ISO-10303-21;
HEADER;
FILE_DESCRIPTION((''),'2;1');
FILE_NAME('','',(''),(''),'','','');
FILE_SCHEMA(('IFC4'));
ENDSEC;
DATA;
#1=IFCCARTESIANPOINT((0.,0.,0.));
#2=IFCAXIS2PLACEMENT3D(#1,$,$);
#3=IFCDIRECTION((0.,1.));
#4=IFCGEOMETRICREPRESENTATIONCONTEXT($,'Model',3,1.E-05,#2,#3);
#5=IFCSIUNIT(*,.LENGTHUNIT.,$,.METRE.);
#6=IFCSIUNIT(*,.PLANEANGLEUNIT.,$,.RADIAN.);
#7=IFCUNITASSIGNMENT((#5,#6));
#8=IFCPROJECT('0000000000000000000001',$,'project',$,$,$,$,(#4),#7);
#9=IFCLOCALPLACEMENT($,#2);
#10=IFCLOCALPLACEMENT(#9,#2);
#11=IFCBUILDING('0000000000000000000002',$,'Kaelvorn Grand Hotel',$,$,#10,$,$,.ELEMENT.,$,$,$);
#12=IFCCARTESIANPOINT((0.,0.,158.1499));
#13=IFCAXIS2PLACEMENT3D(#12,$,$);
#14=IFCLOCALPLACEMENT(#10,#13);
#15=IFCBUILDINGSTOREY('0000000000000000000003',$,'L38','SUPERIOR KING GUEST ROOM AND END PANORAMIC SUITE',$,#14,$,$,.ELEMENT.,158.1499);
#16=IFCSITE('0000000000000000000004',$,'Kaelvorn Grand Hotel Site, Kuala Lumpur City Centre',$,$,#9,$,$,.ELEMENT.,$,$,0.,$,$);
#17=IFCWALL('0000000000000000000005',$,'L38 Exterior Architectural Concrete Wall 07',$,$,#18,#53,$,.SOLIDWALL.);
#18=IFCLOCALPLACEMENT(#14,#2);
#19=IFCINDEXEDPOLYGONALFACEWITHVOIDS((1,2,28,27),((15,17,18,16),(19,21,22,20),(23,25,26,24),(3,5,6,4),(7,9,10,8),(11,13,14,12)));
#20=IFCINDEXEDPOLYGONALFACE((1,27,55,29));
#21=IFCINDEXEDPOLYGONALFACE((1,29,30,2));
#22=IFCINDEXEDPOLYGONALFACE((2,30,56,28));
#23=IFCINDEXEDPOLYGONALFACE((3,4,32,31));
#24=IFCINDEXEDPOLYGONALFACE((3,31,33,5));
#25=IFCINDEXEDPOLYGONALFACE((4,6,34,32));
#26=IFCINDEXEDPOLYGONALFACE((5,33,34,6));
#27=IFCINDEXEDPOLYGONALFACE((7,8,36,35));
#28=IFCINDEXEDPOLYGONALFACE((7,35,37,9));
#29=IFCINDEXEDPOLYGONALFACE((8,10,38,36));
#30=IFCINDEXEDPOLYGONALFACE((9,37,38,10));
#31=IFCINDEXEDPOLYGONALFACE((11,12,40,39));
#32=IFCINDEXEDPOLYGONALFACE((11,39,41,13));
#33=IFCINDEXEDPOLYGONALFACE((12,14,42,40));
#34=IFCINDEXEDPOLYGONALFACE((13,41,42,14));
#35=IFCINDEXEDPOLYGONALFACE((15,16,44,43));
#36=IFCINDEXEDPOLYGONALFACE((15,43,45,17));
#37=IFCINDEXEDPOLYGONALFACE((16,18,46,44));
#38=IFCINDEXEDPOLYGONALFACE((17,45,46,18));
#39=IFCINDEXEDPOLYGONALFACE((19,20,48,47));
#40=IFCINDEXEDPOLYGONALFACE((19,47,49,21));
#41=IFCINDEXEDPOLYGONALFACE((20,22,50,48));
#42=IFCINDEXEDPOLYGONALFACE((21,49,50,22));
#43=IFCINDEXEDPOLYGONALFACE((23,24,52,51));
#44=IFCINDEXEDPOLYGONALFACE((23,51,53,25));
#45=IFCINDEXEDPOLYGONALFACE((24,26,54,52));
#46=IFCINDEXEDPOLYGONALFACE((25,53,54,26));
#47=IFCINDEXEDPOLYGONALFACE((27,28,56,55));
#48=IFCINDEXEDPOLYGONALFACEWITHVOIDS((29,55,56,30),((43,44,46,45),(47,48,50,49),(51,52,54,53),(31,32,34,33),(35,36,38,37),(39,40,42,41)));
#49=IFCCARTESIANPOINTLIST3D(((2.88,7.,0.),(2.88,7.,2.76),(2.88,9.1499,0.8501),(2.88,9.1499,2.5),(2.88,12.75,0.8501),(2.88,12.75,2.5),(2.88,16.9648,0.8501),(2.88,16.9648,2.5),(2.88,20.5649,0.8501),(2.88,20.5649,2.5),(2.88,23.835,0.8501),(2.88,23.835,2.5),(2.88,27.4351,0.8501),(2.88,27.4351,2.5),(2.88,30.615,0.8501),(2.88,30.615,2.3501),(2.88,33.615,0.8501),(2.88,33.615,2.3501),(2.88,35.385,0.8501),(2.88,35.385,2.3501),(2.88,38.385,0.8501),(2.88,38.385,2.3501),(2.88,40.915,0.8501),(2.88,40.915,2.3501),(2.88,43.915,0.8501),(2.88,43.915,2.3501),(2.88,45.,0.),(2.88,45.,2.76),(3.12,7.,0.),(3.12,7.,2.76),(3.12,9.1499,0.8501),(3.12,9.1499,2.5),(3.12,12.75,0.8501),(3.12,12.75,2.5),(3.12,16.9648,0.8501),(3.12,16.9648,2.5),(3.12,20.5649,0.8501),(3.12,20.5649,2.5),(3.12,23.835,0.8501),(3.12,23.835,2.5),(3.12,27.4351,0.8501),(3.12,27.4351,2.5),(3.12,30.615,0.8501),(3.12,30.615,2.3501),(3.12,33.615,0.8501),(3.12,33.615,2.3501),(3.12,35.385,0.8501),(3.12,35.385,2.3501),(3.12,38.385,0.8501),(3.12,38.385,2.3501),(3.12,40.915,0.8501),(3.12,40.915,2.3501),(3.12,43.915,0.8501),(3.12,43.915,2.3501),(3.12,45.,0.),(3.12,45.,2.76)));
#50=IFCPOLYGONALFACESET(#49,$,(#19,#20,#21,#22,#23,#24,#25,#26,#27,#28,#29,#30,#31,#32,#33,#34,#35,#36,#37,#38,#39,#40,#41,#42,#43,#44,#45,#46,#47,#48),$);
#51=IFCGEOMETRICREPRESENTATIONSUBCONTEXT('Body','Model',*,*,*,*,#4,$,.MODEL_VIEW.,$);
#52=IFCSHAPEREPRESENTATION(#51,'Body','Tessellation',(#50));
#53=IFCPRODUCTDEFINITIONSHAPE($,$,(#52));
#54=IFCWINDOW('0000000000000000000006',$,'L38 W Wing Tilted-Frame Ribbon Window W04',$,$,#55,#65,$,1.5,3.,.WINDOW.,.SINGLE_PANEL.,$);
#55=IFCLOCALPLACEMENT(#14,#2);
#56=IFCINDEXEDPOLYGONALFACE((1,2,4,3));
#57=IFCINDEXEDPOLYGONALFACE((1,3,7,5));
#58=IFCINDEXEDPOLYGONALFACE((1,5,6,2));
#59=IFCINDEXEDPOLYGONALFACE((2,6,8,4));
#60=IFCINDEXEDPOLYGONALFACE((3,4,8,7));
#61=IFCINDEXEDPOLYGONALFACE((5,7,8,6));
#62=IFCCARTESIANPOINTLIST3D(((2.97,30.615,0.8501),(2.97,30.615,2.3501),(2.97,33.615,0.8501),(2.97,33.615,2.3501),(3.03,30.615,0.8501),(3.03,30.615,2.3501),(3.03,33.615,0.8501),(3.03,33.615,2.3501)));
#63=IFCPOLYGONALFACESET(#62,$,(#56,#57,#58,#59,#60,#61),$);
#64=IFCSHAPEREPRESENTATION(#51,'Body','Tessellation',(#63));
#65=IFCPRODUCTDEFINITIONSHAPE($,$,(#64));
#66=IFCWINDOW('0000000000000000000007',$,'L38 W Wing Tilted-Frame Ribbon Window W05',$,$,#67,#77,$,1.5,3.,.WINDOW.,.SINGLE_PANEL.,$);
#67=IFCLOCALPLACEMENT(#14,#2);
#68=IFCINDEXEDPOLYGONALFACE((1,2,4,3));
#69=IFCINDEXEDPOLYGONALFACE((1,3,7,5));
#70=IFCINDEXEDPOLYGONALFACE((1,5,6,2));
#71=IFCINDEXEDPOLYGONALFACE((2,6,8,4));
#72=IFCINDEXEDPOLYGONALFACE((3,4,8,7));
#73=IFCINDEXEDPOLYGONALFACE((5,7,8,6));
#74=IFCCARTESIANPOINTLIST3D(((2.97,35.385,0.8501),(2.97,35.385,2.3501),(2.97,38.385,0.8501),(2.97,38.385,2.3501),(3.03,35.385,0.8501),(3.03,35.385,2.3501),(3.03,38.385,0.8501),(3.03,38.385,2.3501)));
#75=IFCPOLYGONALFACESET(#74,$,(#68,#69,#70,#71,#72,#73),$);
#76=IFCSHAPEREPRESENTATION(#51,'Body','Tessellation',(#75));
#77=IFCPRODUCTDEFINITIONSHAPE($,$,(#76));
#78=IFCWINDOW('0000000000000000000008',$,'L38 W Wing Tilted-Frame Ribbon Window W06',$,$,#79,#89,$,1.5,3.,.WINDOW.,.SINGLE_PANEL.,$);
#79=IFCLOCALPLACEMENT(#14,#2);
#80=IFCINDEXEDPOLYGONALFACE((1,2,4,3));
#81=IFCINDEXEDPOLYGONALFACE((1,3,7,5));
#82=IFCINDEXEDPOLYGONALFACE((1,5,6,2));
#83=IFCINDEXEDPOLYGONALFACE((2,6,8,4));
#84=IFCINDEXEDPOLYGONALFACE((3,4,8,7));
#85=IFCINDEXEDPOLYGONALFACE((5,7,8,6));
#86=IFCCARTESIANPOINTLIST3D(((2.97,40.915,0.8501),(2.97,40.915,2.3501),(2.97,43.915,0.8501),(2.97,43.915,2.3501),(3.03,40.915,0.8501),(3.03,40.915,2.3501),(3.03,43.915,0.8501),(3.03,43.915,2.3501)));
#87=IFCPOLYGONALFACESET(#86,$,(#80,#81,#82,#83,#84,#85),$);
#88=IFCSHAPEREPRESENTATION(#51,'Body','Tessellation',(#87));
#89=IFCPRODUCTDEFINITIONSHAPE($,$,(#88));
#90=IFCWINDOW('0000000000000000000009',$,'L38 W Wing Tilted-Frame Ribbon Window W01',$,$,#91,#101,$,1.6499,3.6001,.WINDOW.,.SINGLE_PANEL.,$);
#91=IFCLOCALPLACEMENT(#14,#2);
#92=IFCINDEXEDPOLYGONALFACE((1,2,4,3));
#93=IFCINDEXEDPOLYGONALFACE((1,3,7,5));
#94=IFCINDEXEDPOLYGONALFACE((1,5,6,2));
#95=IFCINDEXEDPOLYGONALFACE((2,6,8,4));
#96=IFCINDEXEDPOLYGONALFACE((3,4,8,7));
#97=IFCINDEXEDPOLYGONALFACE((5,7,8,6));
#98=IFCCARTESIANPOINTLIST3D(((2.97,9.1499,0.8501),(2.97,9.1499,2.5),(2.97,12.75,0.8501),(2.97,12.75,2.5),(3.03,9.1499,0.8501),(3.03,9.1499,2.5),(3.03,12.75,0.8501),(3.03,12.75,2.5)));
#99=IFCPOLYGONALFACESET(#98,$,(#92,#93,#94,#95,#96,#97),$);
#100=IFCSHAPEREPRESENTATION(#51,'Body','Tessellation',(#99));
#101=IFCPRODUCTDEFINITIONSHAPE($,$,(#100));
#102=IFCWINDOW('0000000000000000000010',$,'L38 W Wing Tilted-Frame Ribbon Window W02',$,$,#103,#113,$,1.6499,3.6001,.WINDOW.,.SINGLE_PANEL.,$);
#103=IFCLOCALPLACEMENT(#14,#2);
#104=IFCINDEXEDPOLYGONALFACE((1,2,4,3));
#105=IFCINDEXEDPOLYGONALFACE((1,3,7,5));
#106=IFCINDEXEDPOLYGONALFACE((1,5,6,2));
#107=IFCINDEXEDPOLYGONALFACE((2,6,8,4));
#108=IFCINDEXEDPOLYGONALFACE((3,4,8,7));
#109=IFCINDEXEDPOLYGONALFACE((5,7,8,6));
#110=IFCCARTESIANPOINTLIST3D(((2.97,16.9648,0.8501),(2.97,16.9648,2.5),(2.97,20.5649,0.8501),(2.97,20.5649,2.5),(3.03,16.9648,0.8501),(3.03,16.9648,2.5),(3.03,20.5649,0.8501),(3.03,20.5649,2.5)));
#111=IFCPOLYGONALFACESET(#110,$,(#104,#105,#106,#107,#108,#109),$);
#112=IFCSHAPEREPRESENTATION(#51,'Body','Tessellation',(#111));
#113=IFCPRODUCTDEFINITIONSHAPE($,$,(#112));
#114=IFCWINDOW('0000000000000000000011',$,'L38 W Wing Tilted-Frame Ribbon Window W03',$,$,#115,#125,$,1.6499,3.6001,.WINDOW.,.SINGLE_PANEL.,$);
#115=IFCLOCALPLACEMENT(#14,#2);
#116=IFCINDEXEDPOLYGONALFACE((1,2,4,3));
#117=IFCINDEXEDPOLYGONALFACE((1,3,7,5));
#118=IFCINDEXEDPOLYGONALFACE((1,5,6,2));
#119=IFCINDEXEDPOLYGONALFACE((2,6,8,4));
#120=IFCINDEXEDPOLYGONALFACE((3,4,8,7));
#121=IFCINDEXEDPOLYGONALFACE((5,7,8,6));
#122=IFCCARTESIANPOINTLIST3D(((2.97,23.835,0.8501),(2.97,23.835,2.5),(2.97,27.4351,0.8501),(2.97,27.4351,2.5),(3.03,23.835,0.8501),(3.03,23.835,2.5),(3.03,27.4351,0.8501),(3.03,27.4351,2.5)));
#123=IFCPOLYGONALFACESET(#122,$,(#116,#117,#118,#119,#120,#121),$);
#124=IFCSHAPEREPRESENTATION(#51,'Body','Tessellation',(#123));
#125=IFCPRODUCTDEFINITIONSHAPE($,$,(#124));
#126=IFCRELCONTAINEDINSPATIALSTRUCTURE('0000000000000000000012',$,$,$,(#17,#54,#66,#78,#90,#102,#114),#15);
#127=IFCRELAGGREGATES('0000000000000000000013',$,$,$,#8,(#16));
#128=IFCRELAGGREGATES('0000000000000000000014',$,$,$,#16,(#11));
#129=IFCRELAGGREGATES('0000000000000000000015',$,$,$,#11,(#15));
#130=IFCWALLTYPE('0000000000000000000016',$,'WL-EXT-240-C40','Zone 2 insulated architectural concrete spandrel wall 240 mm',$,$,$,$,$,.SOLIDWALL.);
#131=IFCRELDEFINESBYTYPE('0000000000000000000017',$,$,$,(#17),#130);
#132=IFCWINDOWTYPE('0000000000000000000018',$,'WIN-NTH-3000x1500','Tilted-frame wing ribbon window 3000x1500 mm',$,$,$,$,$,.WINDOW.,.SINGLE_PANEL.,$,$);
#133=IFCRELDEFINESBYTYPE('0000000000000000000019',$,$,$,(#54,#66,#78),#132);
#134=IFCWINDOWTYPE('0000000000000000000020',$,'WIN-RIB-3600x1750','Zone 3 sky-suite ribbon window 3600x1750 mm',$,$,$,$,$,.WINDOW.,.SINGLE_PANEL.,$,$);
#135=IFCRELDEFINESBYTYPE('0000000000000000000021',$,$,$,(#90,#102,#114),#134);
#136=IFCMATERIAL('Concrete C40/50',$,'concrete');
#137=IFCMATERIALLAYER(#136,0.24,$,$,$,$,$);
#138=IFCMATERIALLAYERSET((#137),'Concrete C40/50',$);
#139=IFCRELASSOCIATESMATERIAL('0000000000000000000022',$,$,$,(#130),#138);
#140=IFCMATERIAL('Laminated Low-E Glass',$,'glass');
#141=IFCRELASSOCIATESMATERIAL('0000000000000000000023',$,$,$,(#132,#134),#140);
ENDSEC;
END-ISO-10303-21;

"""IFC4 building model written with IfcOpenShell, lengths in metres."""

from ifc_helpers import new_model, si_unit, direction, frame, frame_2d, origin, place, context, subcontext, project, spatial, rectangle, extrude, material, layer, layer_set, type_object, element, fill, save


model = new_model("IFC4")

# Units and contexts
model_context = context("Model", 3, precision=1e-05, world=origin(), true_north=direction((0.0, 1.0)))
body_context = subcontext(model_context, "Body", "Model", "MODEL_VIEW")
ifc_project = project(units=[si_unit("LENGTHUNIT", "METRE"), si_unit("PLANEANGLEUNIT", "RADIAN")], contexts=[model_context])

# Site, building, storey
site_placement = place(None, origin())
site = spatial("IfcSite", under=ifc_project, at=site_placement, Name="Kaelvorn Grand Hotel Site, Kuala Lumpur City Centre", CompositionType="ELEMENT", RefElevation=0.0)
building_placement = place(site_placement, origin())
building = spatial("IfcBuilding", under=site, at=building_placement, Name="Kaelvorn Grand Hotel", CompositionType="ELEMENT")
storey_placement = place(building_placement, frame((0.0, 0.0, 158.1499)))
storey = spatial("IfcBuildingStorey", under=building, at=storey_placement, Name="L38", Description="SUPERIOR KING GUEST ROOM AND END PANORAMIC SUITE", CompositionType="ELEMENT", Elevation=158.1499)

# Shared definitions
ifc_material_1 = material(Name="Concrete C40/50", Category="concrete")
ifc_layer_1 = layer(ifc_material_1, 0.24)
ifc_layer_set_1 = layer_set([ifc_layer_1], Name="Concrete C40/50")
wall_type = type_object("IfcWallType", Name="WL-EXT-240-C40", Description="Zone 2 insulated architectural concrete spandrel wall 240 mm", PredefinedType="SOLIDWALL", material=ifc_layer_set_1)
ifc_material_2 = material(Name="Laminated Low-E Glass", Category="glass")

# Wall, openings, windows
wall_1_placement = place(storey_placement, frame((3.0, 45.0, 0.0), z_axis=(0.0, 0.0, 1.0), x_axis=(0.0, -1.0, 0.0)))
wall_1 = element("IfcWall", 1, at=wall_1_placement, inside=storey, type_object=wall_type, Name="L38 Exterior Architectural Concrete Wall 07", PredefinedType="SOLIDWALL", context=body_context, shape_type="SweptSolid", body=[
    extrude(rectangle(XDim=38.0, YDim=0.24, at=frame_2d((19.0, 0.0))), origin(), (0.0, 0.0, 1.0), 2.76),
])
opening_1_placement = place(wall_1_placement, frame((32.25, 0.0, 0.8501)))
opening_1 = element("IfcOpeningElement", 2, at=opening_1_placement, cuts=wall_1, PredefinedType="OPENING", context=body_context, shape_type="SweptSolid", body=[
    extrude(rectangle(XDim=3.6001, YDim=1.6499, at=frame_2d((1.8, 0.825))), frame((0.0, 0.1299, 0.0), z_axis=(0.0, -1.0, 0.0), x_axis=(1.0, 0.0, 0.0)), (0.0, 0.0, 1.0), 0.26),
])
opening_2_placement = place(wall_1_placement, frame((24.4351, 0.0, 0.8501)))
opening_2 = element("IfcOpeningElement", 3, at=opening_2_placement, cuts=wall_1, PredefinedType="OPENING", context=body_context, shape_type="SweptSolid", body=[
    extrude(rectangle(XDim=3.6001, YDim=1.6499, at=frame_2d((1.8, 0.825))), frame((0.0, 0.1299, 0.0), z_axis=(0.0, -1.0, 0.0), x_axis=(1.0, 0.0, 0.0)), (0.0, 0.0, 1.0), 0.26),
])
opening_3_placement = place(wall_1_placement, frame((17.5649, 0.0, 0.8501)))
opening_3 = element("IfcOpeningElement", 4, at=opening_3_placement, cuts=wall_1, PredefinedType="OPENING", context=body_context, shape_type="SweptSolid", body=[
    extrude(rectangle(XDim=3.6001, YDim=1.6499, at=frame_2d((1.8, 0.825))), frame((0.0, 0.1299, 0.0), z_axis=(0.0, -1.0, 0.0), x_axis=(1.0, 0.0, 0.0)), (0.0, 0.0, 1.0), 0.26),
])
opening_4_placement = place(wall_1_placement, frame((11.385, 0.0, 0.8501)))
opening_4 = element("IfcOpeningElement", 5, at=opening_4_placement, cuts=wall_1, PredefinedType="OPENING", context=body_context, shape_type="SweptSolid", body=[
    extrude(rectangle(XDim=3.0, YDim=1.5, at=frame_2d((1.5, 0.75))), frame((0.0, 0.1299, 0.0), z_axis=(0.0, -1.0, 0.0), x_axis=(1.0, 0.0, 0.0)), (0.0, 0.0, 1.0), 0.26),
])
opening_5_placement = place(wall_1_placement, frame((6.615, 0.0, 0.8501)))
opening_5 = element("IfcOpeningElement", 6, at=opening_5_placement, cuts=wall_1, PredefinedType="OPENING", context=body_context, shape_type="SweptSolid", body=[
    extrude(rectangle(XDim=3.0, YDim=1.5, at=frame_2d((1.5, 0.75))), frame((0.0, 0.1299, 0.0), z_axis=(0.0, -1.0, 0.0), x_axis=(1.0, 0.0, 0.0)), (0.0, 0.0, 1.0), 0.26),
])
opening_6_placement = place(wall_1_placement, frame((1.085, 0.0, 0.8501)))
opening_6 = element("IfcOpeningElement", 7, at=opening_6_placement, cuts=wall_1, PredefinedType="OPENING", context=body_context, shape_type="SweptSolid", body=[
    extrude(rectangle(XDim=3.0, YDim=1.5, at=frame_2d((1.5, 0.75))), frame((0.0, 0.1299, 0.0), z_axis=(0.0, -1.0, 0.0), x_axis=(1.0, 0.0, 0.0)), (0.0, 0.0, 1.0), 0.26),
])
window_type_1 = type_object("IfcWindowType", Name="WIN-NTH-3000x1500", Description="Tilted-frame wing ribbon window 3000x1500 mm", PartitioningType="SINGLE_PANEL", PredefinedType="WINDOW", material=ifc_material_2)
window_1_placement = place(opening_4_placement, origin())
window_1 = element("IfcWindow", 8, at=window_1_placement, inside=storey, type_object=window_type_1, Name="L38 W Wing Tilted-Frame Ribbon Window W04", OverallHeight=1.5, OverallWidth=3.0, PartitioningType="SINGLE_PANEL", PredefinedType="WINDOW", context=body_context, shape_type="SweptSolid", body=[
    extrude(rectangle(XDim=3.0, YDim=1.5, at=frame_2d((1.5, 0.75))), frame((0.0, 0.03, 0.0), z_axis=(0.0, -1.0, 0.0), x_axis=(1.0, 0.0, 0.0)), (0.0, 0.0, 1.0), 0.0601),
])
fill(opening_4, window_1)
window_2_placement = place(opening_5_placement, origin())
window_2 = element("IfcWindow", 9, at=window_2_placement, inside=storey, type_object=window_type_1, Name="L38 W Wing Tilted-Frame Ribbon Window W05", OverallHeight=1.5, OverallWidth=3.0, PartitioningType="SINGLE_PANEL", PredefinedType="WINDOW", context=body_context, shape_type="SweptSolid", body=[
    extrude(rectangle(XDim=3.0, YDim=1.5, at=frame_2d((1.5, 0.75))), frame((0.0, 0.03, 0.0), z_axis=(0.0, -1.0, 0.0), x_axis=(1.0, 0.0, 0.0)), (0.0, 0.0, 1.0), 0.0601),
])
fill(opening_5, window_2)
window_3_placement = place(opening_6_placement, origin())
window_3 = element("IfcWindow", 10, at=window_3_placement, inside=storey, type_object=window_type_1, Name="L38 W Wing Tilted-Frame Ribbon Window W06", OverallHeight=1.5, OverallWidth=3.0, PartitioningType="SINGLE_PANEL", PredefinedType="WINDOW", context=body_context, shape_type="SweptSolid", body=[
    extrude(rectangle(XDim=3.0, YDim=1.5, at=frame_2d((1.5, 0.75))), frame((0.0, 0.03, 0.0), z_axis=(0.0, -1.0, 0.0), x_axis=(1.0, 0.0, 0.0)), (0.0, 0.0, 1.0), 0.0601),
])
fill(opening_6, window_3)
window_type_2 = type_object("IfcWindowType", Name="WIN-RIB-3600x1750", Description="Zone 3 sky-suite ribbon window 3600x1750 mm", PartitioningType="SINGLE_PANEL", PredefinedType="WINDOW", material=ifc_material_2)
window_4_placement = place(opening_1_placement, origin())
window_4 = element("IfcWindow", 11, at=window_4_placement, inside=storey, type_object=window_type_2, Name="L38 W Wing Tilted-Frame Ribbon Window W01", OverallHeight=1.6499, OverallWidth=3.6001, PartitioningType="SINGLE_PANEL", PredefinedType="WINDOW", context=body_context, shape_type="SweptSolid", body=[
    extrude(rectangle(XDim=3.6001, YDim=1.6499, at=frame_2d((1.8, 0.825))), frame((0.0, 0.03, 0.0), z_axis=(0.0, -1.0, 0.0), x_axis=(1.0, 0.0, 0.0)), (0.0, 0.0, 1.0), 0.0601),
])
fill(opening_1, window_4)
window_5_placement = place(opening_2_placement, origin())
window_5 = element("IfcWindow", 12, at=window_5_placement, inside=storey, type_object=window_type_2, Name="L38 W Wing Tilted-Frame Ribbon Window W02", OverallHeight=1.6499, OverallWidth=3.6001, PartitioningType="SINGLE_PANEL", PredefinedType="WINDOW", context=body_context, shape_type="SweptSolid", body=[
    extrude(rectangle(XDim=3.6001, YDim=1.6499, at=frame_2d((1.8, 0.825))), frame((0.0, 0.03, 0.0), z_axis=(0.0, -1.0, 0.0), x_axis=(1.0, 0.0, 0.0)), (0.0, 0.0, 1.0), 0.0601),
])
fill(opening_2, window_5)
window_6_placement = place(opening_3_placement, origin())
window_6 = element("IfcWindow", 13, at=window_6_placement, inside=storey, type_object=window_type_2, Name="L38 W Wing Tilted-Frame Ribbon Window W03", OverallHeight=1.6499, OverallWidth=3.6001, PartitioningType="SINGLE_PANEL", PredefinedType="WINDOW", context=body_context, shape_type="SweptSolid", body=[
    extrude(rectangle(XDim=3.6001, YDim=1.6499, at=frame_2d((1.8, 0.825))), frame((0.0, 0.03, 0.0), z_axis=(0.0, -1.0, 0.0), x_axis=(1.0, 0.0, 0.0)), (0.0, 0.0, 1.0), 0.0601),
])
fill(opening_3, window_6)

save(model, "model.ifc")
